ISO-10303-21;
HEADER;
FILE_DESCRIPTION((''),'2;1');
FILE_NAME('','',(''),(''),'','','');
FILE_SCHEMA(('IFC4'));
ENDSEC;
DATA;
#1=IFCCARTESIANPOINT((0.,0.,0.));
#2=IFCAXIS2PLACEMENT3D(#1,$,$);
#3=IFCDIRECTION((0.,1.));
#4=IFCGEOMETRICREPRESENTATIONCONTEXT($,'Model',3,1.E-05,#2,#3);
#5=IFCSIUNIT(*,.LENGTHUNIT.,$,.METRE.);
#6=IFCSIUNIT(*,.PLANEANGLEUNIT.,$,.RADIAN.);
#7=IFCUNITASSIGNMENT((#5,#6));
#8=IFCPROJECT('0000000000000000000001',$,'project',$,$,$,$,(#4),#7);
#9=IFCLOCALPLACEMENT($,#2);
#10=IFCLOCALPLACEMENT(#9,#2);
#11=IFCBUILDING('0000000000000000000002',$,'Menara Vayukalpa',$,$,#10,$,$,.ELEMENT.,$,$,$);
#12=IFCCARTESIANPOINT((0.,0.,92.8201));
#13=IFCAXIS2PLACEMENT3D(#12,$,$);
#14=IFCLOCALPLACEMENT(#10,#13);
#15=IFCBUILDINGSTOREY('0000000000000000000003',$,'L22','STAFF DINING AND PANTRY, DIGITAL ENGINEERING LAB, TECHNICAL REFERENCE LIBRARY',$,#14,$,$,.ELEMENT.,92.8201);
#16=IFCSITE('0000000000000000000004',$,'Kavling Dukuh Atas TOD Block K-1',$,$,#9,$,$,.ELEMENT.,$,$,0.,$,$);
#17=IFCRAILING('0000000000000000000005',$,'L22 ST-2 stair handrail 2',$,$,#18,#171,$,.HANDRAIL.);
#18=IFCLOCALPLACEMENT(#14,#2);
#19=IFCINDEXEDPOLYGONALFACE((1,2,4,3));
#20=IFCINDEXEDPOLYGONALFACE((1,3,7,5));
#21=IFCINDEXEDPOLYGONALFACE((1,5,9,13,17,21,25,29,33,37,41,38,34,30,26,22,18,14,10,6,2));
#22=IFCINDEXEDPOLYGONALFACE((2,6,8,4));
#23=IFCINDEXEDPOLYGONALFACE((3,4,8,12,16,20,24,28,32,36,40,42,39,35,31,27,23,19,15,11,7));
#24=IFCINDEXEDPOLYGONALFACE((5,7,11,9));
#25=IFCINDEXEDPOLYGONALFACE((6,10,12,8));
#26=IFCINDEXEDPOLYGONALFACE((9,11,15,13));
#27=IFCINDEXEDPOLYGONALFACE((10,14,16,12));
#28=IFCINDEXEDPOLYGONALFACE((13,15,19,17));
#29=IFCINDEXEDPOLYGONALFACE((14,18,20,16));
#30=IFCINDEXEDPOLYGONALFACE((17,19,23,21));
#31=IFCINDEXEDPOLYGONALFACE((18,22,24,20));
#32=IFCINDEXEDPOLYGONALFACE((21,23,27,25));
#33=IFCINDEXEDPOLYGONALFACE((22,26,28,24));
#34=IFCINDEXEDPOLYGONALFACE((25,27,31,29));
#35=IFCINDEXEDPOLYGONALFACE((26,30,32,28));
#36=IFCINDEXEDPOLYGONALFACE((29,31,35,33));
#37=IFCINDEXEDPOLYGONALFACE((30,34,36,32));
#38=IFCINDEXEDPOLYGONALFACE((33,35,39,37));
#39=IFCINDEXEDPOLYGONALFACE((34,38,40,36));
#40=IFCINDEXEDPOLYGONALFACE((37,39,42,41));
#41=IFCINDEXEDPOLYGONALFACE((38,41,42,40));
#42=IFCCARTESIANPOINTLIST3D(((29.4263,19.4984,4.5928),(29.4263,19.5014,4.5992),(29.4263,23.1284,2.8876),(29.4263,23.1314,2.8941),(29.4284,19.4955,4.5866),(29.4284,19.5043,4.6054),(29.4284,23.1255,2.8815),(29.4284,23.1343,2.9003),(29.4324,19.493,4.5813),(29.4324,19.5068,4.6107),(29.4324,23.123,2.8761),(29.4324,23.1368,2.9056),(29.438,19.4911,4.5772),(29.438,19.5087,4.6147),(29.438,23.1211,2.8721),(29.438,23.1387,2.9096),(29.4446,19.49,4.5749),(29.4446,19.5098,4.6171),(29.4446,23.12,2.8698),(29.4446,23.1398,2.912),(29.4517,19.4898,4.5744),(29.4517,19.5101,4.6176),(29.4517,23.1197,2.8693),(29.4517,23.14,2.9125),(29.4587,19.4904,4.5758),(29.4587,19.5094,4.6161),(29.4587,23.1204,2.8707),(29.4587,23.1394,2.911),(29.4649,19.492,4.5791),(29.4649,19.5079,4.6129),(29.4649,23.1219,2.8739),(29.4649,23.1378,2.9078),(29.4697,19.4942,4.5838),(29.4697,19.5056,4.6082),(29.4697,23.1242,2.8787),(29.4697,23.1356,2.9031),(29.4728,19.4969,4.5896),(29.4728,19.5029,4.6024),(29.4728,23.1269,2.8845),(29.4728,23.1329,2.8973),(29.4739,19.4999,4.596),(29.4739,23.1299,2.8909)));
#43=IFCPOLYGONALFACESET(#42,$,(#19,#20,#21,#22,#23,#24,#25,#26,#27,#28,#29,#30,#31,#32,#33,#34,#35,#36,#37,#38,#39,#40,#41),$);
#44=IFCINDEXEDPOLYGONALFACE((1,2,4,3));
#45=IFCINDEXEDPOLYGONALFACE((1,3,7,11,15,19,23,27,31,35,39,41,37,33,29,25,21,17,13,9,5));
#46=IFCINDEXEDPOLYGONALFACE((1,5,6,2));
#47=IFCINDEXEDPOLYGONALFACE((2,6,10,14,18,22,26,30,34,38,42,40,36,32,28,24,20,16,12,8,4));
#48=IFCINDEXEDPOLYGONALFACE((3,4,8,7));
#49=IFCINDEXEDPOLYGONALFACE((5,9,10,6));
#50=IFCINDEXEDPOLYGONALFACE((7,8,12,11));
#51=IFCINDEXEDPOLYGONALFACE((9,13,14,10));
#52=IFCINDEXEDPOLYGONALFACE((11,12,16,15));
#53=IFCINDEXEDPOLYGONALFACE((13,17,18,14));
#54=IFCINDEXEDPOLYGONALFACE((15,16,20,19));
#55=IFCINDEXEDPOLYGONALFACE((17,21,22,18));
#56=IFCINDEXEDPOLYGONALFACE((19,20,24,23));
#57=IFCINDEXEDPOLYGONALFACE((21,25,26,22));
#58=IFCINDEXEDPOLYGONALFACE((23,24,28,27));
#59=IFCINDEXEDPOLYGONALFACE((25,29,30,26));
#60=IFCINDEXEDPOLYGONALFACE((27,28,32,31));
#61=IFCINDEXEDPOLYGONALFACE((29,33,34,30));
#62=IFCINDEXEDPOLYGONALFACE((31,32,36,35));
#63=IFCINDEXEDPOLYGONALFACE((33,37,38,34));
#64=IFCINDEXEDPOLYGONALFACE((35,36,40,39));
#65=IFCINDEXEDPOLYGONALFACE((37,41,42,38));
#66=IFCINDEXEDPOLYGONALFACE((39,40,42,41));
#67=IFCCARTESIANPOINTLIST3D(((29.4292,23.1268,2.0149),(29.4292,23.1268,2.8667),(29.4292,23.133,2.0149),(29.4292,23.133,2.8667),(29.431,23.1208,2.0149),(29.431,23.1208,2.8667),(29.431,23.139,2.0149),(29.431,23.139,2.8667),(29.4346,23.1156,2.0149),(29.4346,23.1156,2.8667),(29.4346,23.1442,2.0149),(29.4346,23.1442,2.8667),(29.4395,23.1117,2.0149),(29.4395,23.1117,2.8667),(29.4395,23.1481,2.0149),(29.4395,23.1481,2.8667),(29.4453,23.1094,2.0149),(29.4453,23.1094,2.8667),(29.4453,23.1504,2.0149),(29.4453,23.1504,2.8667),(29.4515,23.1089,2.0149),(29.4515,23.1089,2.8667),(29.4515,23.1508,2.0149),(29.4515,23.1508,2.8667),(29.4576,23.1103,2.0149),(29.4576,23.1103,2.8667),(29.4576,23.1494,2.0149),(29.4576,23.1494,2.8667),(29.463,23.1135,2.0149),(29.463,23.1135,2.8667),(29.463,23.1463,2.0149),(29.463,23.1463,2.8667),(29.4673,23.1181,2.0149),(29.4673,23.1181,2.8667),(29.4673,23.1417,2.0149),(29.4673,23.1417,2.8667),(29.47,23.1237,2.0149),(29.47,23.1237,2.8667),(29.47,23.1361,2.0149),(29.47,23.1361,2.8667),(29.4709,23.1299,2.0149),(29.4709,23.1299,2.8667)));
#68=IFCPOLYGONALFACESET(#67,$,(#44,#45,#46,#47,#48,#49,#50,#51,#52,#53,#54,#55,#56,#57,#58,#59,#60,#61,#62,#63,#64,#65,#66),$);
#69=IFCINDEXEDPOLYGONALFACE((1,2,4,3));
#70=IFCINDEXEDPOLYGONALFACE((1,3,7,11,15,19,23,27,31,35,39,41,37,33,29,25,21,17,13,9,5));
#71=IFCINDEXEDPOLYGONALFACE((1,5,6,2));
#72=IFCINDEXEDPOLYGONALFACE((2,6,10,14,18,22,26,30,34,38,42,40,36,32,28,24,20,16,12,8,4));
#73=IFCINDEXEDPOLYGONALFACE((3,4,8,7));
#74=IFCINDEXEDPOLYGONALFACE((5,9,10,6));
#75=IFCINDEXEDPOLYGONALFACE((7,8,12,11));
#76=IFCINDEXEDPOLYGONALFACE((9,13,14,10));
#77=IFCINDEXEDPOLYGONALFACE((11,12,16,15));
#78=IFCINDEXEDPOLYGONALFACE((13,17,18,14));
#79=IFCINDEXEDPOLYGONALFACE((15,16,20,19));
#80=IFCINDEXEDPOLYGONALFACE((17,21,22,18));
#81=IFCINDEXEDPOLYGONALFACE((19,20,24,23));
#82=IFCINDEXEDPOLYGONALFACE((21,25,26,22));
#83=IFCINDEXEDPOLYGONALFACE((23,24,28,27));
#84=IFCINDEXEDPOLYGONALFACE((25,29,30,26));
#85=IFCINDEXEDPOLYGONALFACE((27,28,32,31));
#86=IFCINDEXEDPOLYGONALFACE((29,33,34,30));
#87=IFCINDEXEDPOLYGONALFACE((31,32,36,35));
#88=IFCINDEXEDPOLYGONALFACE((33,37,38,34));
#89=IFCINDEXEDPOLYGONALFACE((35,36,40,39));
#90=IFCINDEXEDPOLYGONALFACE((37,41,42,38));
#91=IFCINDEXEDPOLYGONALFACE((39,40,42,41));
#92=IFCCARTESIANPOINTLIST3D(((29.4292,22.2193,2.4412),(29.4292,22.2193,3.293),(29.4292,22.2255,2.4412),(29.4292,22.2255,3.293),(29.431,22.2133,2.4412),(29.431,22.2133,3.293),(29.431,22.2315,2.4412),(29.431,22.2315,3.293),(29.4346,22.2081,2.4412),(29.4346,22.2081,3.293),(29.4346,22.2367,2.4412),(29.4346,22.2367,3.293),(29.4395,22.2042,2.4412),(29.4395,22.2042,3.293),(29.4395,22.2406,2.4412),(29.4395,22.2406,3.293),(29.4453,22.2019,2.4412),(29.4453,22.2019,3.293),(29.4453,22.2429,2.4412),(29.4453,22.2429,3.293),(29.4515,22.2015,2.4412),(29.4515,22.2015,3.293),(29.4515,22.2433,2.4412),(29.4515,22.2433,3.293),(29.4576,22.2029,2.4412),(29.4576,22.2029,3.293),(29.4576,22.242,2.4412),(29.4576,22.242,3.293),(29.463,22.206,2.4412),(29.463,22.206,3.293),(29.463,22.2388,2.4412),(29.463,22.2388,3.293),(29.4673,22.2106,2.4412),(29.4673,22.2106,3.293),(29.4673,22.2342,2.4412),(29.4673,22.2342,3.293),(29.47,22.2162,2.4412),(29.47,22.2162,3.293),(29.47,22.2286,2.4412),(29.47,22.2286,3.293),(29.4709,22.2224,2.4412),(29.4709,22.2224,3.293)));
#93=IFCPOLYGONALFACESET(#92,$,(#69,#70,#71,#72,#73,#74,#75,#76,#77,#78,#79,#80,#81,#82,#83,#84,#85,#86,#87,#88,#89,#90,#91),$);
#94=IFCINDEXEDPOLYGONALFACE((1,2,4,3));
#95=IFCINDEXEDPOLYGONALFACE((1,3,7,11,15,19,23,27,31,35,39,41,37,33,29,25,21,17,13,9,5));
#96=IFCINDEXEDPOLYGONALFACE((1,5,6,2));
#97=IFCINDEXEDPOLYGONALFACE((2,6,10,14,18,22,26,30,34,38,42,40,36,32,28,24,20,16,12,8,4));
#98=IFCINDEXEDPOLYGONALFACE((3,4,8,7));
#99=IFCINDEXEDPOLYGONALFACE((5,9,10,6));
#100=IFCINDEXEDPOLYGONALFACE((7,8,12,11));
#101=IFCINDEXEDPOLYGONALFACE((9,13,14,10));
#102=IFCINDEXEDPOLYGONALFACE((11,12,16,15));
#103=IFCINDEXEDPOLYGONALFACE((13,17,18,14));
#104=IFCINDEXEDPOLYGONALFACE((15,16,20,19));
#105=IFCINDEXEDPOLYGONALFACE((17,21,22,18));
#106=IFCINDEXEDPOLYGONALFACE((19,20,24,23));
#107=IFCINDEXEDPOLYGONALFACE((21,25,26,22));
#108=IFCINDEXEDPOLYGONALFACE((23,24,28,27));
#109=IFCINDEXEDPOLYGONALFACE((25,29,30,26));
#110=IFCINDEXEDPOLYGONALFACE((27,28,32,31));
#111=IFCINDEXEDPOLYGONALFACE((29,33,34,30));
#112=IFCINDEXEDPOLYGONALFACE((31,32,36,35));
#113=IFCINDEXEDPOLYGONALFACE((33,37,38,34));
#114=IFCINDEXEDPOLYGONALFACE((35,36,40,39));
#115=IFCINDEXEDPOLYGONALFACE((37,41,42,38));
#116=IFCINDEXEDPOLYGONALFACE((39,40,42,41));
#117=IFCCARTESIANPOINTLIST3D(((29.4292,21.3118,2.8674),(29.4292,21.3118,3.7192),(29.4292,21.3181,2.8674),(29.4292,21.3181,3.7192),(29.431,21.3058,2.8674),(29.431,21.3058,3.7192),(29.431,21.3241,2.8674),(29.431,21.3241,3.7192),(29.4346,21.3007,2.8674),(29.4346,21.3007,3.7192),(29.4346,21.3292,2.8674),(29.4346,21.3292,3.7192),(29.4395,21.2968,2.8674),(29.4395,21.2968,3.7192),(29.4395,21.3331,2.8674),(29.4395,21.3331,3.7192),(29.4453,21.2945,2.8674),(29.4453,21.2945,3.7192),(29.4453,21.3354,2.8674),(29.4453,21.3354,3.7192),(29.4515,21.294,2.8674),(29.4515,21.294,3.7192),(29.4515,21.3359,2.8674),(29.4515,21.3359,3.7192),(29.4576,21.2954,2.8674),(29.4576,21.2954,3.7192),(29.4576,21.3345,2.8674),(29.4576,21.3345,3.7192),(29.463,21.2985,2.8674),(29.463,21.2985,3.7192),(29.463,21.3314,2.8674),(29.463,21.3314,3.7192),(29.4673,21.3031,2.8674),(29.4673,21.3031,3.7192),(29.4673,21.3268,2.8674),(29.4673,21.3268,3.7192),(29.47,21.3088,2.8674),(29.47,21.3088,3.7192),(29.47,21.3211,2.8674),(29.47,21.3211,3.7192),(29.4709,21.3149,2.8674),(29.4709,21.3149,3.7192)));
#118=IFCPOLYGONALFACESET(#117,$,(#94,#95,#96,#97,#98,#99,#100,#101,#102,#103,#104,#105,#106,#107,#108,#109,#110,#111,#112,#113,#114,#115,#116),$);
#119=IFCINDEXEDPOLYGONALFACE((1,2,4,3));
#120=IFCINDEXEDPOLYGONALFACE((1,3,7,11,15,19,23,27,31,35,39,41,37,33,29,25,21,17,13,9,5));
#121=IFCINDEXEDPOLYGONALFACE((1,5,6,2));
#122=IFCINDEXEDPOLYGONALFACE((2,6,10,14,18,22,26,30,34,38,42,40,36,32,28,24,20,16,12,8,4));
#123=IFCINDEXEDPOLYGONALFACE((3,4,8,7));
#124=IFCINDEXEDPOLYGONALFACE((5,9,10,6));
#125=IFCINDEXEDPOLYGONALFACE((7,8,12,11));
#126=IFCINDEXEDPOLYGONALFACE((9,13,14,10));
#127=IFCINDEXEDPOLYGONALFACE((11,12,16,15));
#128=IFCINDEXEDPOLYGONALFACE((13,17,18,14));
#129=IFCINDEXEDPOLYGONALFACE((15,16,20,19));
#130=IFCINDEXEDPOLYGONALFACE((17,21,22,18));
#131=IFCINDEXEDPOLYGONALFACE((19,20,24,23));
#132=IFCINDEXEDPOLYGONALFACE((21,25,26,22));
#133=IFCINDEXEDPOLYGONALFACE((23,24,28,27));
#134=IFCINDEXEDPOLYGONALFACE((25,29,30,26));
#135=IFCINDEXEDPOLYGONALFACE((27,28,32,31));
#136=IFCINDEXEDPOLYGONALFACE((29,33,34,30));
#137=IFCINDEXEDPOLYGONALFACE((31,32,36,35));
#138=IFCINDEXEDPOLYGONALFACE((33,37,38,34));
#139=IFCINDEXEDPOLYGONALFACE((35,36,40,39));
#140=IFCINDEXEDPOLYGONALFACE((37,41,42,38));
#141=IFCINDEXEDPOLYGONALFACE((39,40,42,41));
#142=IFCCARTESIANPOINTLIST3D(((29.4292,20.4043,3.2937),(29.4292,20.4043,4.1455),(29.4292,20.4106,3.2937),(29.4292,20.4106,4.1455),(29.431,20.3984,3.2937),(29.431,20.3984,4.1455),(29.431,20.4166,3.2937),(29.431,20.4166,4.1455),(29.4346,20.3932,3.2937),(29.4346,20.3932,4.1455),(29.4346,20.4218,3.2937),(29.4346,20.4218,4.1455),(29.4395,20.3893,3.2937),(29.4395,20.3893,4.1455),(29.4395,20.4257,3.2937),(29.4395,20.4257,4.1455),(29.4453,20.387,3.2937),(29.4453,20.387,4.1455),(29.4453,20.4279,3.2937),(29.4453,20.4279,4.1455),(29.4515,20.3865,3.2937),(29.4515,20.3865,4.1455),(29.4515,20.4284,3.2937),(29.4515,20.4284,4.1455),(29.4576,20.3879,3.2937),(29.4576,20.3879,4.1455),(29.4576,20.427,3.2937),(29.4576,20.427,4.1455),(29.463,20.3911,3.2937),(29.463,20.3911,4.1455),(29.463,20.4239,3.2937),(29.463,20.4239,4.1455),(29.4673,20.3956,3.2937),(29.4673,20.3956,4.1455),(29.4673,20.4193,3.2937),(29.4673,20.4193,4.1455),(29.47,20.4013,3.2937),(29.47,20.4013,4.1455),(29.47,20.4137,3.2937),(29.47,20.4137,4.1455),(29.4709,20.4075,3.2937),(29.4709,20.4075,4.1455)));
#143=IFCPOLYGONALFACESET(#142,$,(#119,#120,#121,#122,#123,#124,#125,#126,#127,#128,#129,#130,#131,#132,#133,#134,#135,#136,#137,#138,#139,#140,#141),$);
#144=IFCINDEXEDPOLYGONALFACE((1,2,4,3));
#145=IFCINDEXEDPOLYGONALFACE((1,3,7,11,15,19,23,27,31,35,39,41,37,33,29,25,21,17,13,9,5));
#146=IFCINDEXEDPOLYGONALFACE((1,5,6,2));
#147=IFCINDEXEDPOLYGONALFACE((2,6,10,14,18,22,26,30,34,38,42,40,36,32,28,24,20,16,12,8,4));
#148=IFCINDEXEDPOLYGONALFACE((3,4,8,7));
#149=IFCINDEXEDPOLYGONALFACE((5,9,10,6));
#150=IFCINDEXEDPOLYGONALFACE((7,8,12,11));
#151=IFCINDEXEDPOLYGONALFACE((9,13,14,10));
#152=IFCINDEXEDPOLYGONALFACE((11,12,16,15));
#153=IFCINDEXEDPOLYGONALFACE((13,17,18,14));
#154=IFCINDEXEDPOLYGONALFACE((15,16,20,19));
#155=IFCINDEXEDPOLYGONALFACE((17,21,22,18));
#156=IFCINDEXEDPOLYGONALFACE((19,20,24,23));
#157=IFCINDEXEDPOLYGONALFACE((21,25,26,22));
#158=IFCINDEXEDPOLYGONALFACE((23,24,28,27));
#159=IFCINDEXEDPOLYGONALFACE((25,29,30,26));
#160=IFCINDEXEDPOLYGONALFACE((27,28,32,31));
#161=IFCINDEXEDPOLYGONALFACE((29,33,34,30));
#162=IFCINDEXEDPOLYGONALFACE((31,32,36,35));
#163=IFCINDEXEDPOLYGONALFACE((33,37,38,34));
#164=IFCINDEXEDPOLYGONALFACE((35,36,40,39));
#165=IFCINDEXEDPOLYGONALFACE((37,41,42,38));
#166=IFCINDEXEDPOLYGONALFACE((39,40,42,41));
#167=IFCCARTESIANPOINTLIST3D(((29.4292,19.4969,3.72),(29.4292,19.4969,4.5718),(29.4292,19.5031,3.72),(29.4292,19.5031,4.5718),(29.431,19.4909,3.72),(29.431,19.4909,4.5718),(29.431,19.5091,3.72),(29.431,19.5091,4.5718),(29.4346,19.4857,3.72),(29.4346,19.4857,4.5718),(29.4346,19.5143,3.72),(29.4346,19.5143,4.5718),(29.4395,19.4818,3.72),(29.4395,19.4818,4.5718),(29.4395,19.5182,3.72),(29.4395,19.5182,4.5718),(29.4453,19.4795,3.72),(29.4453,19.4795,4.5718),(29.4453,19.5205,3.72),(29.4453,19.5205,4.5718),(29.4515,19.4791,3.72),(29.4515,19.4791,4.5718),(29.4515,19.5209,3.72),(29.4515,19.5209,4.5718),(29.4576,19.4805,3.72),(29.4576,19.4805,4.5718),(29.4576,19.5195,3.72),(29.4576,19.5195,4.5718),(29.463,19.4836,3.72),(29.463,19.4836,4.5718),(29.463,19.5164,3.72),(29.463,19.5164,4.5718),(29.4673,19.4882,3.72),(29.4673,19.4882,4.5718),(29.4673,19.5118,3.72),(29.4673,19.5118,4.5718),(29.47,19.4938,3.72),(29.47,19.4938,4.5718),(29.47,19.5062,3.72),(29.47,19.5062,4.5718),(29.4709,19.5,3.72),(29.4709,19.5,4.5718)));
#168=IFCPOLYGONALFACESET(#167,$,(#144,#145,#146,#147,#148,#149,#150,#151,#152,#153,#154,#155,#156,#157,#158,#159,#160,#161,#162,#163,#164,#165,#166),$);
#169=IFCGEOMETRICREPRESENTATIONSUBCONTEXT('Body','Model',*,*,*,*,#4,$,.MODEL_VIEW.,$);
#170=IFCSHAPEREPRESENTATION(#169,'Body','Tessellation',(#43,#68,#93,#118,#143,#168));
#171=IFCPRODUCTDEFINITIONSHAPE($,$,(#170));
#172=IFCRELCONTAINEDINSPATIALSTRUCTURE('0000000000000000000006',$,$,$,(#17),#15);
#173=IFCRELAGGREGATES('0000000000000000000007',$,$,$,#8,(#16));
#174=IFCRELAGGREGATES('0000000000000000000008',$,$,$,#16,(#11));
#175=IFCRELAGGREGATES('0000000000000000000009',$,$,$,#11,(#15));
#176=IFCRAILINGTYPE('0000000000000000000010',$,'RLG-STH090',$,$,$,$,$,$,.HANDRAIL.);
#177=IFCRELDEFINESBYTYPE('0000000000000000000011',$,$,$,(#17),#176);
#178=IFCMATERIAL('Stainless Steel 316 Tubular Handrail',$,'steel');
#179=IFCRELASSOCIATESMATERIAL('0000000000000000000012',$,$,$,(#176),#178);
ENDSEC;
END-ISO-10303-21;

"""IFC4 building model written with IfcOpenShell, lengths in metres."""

from ifc_helpers import new_model, si_unit, direction, frame, origin, origin_2d, place, context, subcontext, project, spatial, circle, extrude, material, type_object, element, save


model = new_model("IFC4")

# Units and contexts
model_context = context("Model", 3, precision=1e-05, world=origin(), true_north=direction((0.0, 1.0)))
body_context = subcontext(model_context, "Body", "Model", "MODEL_VIEW")
ifc_project = project(units=[si_unit("LENGTHUNIT", "METRE"), si_unit("PLANEANGLEUNIT", "RADIAN")], contexts=[model_context])

# Site, building, storey
site_placement = place(None, origin())
site = spatial("IfcSite", under=ifc_project, at=site_placement, Name="Kavling Dukuh Atas TOD Block K-1", CompositionType="ELEMENT", RefElevation=0.0)
building_placement = place(site_placement, origin())
building = spatial("IfcBuilding", under=site, at=building_placement, Name="Menara Vayukalpa", CompositionType="ELEMENT")
storey_placement = place(building_placement, frame((0.0, 0.0, 92.8201)))
storey = spatial("IfcBuildingStorey", under=building, at=storey_placement, Name="L22", Description="STAFF DINING AND PANTRY, DIGITAL ENGINEERING LAB, TECHNICAL REFERENCE LIBRARY", CompositionType="ELEMENT", Elevation=92.8201)

# Railing
ifc_material_1 = material(Name="Stainless Steel 316 Tubular Handrail", Category="steel")
railing_type_1 = type_object("IfcRailingType", Name="RLG-STH090", PredefinedType="HANDRAIL", material=ifc_material_1)
railing_1_placement = place(storey_placement, frame((29.45, 23.1299, 2.0149)))
element("IfcRailing", 1, at=railing_1_placement, inside=storey, type_object=railing_type_1, Name="L22 ST-2 stair handrail 2", PredefinedType="HANDRAIL", context=body_context, shape_type="SweptSolid", body=[
    extrude(circle(Radius=0.0239, at=origin_2d()), frame((0.0, 0.0, 0.876), z_axis=(0.0, -0.905116, 0.425164), x_axis=(1.0, 0.0, 0.0)), (0.0, 0.0, 1.0), 4.0105),
    extrude(circle(Radius=0.021, at=origin_2d()), origin(), (0.0, 0.0, 1.0), 0.8518),
    extrude(circle(Radius=0.021, at=origin_2d()), frame((0.0, -0.9075, 0.4263)), (0.0, 0.0, 1.0), 0.8518),
    extrude(circle(Radius=0.021, at=origin_2d()), frame((0.0, -1.8149, 0.8525)), (0.0, 0.0, 1.0), 0.8518),
    extrude(circle(Radius=0.021, at=origin_2d()), frame((0.0, -2.7224, 1.2788)), (0.0, 0.0, 1.0), 0.8518),
    extrude(circle(Radius=0.021, at=origin_2d()), frame((0.0, -3.6299, 1.7051)), (0.0, 0.0, 1.0), 0.8518),
])

save(model, "model.ifc")
